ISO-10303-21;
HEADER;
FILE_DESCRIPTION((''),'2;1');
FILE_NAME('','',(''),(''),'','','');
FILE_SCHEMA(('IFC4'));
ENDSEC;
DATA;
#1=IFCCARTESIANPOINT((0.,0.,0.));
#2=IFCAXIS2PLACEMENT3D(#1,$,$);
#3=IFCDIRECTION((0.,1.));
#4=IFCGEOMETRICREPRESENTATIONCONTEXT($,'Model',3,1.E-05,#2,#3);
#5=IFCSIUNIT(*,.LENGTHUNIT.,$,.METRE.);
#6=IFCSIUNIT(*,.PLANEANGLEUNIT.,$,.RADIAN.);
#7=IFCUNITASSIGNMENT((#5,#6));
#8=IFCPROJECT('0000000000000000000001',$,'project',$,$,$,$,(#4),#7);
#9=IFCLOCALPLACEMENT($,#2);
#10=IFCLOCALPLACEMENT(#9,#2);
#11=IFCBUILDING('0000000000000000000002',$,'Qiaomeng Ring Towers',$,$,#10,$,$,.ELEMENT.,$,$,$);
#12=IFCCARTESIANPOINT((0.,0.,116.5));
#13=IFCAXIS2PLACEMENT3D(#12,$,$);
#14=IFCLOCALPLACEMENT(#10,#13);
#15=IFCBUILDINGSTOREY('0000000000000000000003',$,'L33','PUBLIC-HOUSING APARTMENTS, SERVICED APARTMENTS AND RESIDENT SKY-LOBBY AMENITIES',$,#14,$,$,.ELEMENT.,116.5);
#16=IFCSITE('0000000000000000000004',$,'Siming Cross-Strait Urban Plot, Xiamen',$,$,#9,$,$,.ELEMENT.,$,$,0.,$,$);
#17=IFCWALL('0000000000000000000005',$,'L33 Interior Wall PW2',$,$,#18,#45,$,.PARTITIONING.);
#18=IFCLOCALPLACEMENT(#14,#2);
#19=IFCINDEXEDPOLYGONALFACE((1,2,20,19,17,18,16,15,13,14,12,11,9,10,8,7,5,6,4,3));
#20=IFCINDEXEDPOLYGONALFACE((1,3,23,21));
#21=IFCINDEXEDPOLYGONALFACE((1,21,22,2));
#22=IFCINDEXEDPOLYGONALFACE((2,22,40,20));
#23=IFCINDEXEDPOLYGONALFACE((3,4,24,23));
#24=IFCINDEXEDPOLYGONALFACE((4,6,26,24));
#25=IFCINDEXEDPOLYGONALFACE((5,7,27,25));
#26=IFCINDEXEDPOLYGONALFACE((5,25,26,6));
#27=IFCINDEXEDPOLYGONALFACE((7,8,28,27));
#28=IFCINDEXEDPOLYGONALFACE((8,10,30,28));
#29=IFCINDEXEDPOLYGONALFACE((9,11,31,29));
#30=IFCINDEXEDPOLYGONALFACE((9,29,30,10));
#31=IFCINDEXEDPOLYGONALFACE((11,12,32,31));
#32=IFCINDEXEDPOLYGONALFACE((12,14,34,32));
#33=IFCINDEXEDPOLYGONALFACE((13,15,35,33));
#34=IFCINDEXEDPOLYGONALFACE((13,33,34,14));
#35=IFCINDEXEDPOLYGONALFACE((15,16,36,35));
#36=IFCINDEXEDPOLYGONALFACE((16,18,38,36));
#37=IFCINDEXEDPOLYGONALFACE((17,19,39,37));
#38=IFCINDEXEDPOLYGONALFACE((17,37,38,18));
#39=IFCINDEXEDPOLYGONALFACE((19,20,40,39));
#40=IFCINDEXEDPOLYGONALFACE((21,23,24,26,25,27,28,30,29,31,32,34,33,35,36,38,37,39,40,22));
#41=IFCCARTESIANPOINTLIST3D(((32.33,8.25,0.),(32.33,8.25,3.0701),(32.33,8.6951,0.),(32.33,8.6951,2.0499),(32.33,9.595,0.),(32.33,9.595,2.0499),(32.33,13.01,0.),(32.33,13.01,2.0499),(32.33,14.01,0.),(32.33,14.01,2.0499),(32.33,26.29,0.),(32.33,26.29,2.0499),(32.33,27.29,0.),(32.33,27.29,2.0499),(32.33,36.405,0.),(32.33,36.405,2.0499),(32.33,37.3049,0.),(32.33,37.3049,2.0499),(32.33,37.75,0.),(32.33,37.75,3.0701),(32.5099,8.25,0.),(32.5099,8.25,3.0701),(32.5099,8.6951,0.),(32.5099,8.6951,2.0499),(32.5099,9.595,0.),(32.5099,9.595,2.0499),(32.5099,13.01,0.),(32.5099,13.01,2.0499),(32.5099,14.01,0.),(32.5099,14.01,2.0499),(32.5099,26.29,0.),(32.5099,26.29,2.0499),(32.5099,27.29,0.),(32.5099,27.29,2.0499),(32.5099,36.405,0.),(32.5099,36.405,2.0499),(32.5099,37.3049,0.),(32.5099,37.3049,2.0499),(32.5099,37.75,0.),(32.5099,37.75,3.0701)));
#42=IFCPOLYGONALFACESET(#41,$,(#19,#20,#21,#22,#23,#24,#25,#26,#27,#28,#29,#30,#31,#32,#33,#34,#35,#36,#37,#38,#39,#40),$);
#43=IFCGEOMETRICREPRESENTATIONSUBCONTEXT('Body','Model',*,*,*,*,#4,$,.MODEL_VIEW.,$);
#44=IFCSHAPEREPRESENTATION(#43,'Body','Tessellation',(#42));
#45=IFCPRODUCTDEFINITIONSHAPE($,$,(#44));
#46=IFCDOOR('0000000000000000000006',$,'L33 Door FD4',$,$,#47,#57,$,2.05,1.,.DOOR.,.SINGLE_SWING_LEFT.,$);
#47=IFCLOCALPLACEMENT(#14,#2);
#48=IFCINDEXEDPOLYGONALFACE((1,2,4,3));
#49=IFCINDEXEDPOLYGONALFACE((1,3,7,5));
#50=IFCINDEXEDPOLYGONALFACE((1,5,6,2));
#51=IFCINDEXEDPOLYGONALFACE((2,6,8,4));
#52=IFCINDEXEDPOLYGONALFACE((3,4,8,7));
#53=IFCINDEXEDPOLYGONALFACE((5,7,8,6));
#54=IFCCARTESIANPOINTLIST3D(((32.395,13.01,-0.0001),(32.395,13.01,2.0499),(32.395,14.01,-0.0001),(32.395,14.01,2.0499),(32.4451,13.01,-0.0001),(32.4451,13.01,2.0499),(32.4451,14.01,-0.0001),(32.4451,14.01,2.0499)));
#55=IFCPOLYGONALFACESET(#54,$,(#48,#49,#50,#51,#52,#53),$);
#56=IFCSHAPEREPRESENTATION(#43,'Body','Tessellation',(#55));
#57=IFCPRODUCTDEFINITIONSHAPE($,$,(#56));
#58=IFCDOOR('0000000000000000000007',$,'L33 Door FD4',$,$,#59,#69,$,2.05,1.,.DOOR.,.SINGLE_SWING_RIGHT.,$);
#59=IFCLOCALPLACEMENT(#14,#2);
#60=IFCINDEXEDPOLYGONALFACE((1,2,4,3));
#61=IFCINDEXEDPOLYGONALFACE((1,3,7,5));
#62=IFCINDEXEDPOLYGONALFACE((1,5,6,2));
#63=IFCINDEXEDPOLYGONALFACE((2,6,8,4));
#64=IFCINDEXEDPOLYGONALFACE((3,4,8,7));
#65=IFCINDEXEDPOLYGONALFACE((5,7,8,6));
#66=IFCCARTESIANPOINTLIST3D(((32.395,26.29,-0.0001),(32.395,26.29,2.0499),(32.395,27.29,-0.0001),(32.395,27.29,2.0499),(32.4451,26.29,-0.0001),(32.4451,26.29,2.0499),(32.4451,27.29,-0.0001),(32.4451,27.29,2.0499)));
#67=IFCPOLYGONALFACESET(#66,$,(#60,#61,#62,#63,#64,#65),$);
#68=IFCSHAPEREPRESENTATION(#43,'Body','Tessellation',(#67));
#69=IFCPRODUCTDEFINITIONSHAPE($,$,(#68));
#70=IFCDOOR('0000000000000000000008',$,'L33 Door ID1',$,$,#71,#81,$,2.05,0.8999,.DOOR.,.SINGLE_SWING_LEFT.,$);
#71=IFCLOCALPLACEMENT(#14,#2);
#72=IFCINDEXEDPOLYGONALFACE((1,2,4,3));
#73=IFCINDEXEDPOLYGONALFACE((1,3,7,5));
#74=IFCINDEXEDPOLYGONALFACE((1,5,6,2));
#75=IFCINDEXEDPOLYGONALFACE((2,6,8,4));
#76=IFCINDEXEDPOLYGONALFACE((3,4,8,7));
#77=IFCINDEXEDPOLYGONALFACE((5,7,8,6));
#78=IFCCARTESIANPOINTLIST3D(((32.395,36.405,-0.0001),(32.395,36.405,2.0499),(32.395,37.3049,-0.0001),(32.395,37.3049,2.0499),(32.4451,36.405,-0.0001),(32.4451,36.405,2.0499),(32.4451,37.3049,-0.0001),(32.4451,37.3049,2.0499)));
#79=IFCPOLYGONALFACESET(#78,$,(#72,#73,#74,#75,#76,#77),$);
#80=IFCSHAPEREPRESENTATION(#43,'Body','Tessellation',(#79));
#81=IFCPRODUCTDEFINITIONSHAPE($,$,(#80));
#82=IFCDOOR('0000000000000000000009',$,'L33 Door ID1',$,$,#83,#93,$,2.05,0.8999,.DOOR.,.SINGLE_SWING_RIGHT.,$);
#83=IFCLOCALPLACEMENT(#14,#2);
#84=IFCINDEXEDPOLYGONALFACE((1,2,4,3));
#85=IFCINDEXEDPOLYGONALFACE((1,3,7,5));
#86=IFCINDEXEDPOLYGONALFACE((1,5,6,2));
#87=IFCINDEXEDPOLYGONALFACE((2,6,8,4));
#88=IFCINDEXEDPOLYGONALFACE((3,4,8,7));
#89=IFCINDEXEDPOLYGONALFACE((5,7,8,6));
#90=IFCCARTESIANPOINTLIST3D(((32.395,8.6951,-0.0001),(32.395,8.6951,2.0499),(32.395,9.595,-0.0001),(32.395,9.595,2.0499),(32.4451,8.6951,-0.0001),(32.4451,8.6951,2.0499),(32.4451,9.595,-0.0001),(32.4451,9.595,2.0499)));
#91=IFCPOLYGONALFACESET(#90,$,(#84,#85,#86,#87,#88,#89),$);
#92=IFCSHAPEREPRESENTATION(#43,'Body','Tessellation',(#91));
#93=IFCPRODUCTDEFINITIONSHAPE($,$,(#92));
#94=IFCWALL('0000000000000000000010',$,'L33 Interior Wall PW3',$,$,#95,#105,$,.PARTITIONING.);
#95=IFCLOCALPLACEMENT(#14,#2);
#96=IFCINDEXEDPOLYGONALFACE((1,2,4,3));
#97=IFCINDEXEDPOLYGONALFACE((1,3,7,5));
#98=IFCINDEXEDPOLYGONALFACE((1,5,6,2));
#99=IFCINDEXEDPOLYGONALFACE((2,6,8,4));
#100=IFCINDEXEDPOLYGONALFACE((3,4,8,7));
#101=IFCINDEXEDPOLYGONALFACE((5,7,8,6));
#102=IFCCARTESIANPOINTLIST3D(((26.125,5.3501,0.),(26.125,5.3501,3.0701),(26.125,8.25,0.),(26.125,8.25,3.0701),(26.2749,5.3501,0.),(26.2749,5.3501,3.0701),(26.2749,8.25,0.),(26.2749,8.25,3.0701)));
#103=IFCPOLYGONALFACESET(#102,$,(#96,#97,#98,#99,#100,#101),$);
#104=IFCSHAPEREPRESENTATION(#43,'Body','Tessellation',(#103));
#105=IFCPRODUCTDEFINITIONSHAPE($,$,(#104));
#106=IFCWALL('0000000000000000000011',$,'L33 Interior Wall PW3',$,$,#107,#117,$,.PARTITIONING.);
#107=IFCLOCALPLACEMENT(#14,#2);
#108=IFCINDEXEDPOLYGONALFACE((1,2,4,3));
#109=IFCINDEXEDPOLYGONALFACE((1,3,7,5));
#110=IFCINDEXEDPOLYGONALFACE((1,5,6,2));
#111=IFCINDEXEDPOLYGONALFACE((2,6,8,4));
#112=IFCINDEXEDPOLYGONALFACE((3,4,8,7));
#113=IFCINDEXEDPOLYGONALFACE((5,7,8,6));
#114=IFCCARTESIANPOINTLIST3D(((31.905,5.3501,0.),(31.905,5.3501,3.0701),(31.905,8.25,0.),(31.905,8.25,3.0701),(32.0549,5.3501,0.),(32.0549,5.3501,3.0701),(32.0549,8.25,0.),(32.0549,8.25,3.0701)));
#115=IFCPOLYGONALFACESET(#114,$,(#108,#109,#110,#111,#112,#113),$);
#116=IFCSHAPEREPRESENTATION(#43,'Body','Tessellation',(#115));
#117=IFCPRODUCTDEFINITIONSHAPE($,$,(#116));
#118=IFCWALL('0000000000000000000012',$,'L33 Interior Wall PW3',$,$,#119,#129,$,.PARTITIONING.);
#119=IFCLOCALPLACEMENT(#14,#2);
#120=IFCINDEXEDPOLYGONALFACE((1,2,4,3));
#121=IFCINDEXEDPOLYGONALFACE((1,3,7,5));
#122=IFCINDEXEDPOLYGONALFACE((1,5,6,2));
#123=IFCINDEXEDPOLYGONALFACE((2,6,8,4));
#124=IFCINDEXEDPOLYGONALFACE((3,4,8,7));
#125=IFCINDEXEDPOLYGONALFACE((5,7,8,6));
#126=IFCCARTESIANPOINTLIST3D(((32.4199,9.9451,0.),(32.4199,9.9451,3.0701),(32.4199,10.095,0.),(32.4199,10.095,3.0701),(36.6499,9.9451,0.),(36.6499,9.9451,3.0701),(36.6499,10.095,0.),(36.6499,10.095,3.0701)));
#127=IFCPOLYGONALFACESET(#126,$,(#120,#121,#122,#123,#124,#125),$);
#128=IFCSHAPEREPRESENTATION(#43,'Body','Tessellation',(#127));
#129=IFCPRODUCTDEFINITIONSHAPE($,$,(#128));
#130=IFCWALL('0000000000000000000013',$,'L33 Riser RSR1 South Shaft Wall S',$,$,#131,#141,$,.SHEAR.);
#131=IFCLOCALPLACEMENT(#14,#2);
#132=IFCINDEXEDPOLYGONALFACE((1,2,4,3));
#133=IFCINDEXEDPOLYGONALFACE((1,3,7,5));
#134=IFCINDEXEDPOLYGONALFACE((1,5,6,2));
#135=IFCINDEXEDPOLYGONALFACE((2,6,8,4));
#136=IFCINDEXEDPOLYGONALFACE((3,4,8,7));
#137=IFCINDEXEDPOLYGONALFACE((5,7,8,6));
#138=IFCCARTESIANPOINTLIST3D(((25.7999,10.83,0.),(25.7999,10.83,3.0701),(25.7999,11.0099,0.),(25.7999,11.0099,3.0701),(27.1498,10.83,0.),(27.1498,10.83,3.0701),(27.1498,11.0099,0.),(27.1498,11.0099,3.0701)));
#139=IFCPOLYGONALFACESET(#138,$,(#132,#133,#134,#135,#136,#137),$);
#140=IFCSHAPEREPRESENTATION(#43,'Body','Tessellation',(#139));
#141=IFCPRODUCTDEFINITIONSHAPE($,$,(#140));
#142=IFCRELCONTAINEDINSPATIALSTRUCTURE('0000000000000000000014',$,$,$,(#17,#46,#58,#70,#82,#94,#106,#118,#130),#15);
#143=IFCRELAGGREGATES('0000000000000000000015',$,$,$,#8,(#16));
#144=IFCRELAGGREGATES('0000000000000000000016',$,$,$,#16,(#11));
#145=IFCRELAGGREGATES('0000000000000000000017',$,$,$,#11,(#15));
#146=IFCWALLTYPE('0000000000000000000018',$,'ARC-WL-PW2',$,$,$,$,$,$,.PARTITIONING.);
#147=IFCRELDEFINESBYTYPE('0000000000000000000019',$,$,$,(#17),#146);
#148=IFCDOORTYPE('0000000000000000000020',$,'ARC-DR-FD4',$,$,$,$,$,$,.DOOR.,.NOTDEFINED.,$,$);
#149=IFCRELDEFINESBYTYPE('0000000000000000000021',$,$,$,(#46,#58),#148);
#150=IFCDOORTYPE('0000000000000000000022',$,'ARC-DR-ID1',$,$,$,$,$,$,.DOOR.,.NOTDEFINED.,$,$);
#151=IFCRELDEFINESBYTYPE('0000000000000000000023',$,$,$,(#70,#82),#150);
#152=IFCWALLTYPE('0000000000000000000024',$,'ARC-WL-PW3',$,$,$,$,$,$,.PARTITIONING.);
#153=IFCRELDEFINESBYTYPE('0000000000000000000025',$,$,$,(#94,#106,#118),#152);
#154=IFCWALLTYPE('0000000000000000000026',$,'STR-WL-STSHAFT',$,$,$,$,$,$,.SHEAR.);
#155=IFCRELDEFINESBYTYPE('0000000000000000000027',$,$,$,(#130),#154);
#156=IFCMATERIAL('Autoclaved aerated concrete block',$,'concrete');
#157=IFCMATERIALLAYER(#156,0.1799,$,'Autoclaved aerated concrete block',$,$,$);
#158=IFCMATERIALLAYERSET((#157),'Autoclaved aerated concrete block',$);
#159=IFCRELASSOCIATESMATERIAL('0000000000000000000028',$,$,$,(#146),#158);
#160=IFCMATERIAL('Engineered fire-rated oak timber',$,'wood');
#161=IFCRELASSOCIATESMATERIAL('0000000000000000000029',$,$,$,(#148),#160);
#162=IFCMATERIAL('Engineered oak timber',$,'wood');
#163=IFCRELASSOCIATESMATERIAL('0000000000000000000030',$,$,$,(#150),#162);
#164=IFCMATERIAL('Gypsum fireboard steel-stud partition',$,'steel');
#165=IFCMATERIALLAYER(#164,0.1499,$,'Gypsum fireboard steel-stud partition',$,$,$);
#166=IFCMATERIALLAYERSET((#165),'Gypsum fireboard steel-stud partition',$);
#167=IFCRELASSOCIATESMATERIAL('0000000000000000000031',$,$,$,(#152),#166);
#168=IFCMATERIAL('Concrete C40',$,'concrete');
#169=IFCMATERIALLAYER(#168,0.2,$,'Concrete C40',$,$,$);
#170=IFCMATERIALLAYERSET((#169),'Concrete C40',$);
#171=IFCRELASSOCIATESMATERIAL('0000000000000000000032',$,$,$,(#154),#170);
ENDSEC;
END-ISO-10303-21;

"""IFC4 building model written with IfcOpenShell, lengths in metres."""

from ifc_helpers import new_model, si_unit, direction, frame, frame_2d, origin, place, context, subcontext, project, spatial, rectangle, extrude, source, transform, mapped, material, layer, layer_set, type_object, element, fill, save


model = new_model("IFC4")

# Units and contexts
model_context = context("Model", 3, precision=1e-05, world=origin(), true_north=direction((0.0, 1.0)))
body_context = subcontext(model_context, "Body", "Model", "MODEL_VIEW")
ifc_project = project(units=[si_unit("LENGTHUNIT", "METRE"), si_unit("PLANEANGLEUNIT", "RADIAN")], contexts=[model_context])

# Site, building, storey
site_placement = place(None, origin())
site = spatial("IfcSite", under=ifc_project, at=site_placement, Name="Siming Cross-Strait Urban Plot, Xiamen", CompositionType="ELEMENT", RefElevation=0.0)
building_placement = place(site_placement, origin())
building = spatial("IfcBuilding", under=site, at=building_placement, Name="Qiaomeng Ring Towers", CompositionType="ELEMENT")
storey_placement = place(building_placement, frame((0.0, 0.0, 116.5)))
storey = spatial("IfcBuildingStorey", under=building, at=storey_placement, Name="L33", Description="PUBLIC-HOUSING APARTMENTS, SERVICED APARTMENTS AND RESIDENT SKY-LOBBY AMENITIES", CompositionType="ELEMENT", Elevation=116.5)

# Wall, openings, doors
ifc_material_1 = material(Name="Autoclaved aerated concrete block", Category="concrete")
ifc_layer_1 = layer(ifc_material_1, 0.1799, Name="Autoclaved aerated concrete block")
ifc_layer_set_1 = layer_set([ifc_layer_1], Name="Autoclaved aerated concrete block")
wall_type_1 = type_object("IfcWallType", Name="ARC-WL-PW2", PredefinedType="PARTITIONING", material=ifc_layer_set_1)
wall_1_placement = place(storey_placement, frame((32.4199, 8.25, 0.0), z_axis=(0.0, 0.0, 1.0), x_axis=(0.0, 1.0, 0.0)))
wall_1 = element("IfcWall", 1, at=wall_1_placement, inside=storey, type_object=wall_type_1, Name="L33 Interior Wall PW2", PredefinedType="PARTITIONING", context=body_context, shape_type="SweptSolid", body=[
    extrude(rectangle(XDim=29.5, YDim=0.1799, at=frame_2d((14.75, 0.0))), origin(), (0.0, 0.0, 1.0), 3.0701),
])
opening_1_placement = place(wall_1_placement, frame((28.155, 0.0, 0.0)))
opening_1 = element("IfcOpeningElement", 2, at=opening_1_placement, cuts=wall_1, PredefinedType="OPENING", context=body_context, shape_type="SweptSolid", body=[
    extrude(rectangle(XDim=0.8999, YDim=2.05, at=frame_2d((0.45, 1.0249))), frame((0.0, 0.0999, 0.0), z_axis=(0.0, -1.0, 0.0), x_axis=(1.0, 0.0, 0.0)), (0.0, 0.0, 1.0), 0.2),
])
opening_2_placement = place(wall_1_placement, frame((0.4451, 0.0, 0.0)))
opening_2 = element("IfcOpeningElement", 3, at=opening_2_placement, cuts=wall_1, PredefinedType="OPENING", context=body_context, shape_type="SweptSolid", body=[
    extrude(rectangle(XDim=0.8999, YDim=2.05, at=frame_2d((0.45, 1.0249))), frame((0.0, 0.0999, 0.0), z_axis=(0.0, -1.0, 0.0), x_axis=(1.0, 0.0, 0.0)), (0.0, 0.0, 1.0), 0.2),
])
opening_3_placement = place(wall_1_placement, frame((4.76, 0.0, 0.0)))
opening_3 = element("IfcOpeningElement", 4, at=opening_3_placement, cuts=wall_1, PredefinedType="OPENING", context=body_context, shape_type="SweptSolid", body=[
    extrude(rectangle(XDim=1.0, YDim=2.05, at=frame_2d((0.5, 1.0249))), frame((0.0, 0.0999, 0.0), z_axis=(0.0, -1.0, 0.0), x_axis=(1.0, 0.0, 0.0)), (0.0, 0.0, 1.0), 0.2),
])
opening_4_placement = place(wall_1_placement, frame((18.04, 0.0, 0.0)))
opening_4 = element("IfcOpeningElement", 5, at=opening_4_placement, cuts=wall_1, PredefinedType="OPENING", context=body_context, shape_type="SweptSolid", body=[
    extrude(rectangle(XDim=1.0, YDim=2.05, at=frame_2d((0.5, 1.0249))), frame((0.0, 0.0999, 0.0), z_axis=(0.0, -1.0, 0.0), x_axis=(1.0, 0.0, 0.0)), (0.0, 0.0, 1.0), 0.2),
])
ifc_material_2 = material(Name="Engineered fire-rated oak timber", Category="wood")
door_type_1 = type_object("IfcDoorType", Name="ARC-DR-FD4", OperationType="NOTDEFINED", PredefinedType="DOOR", material=ifc_material_2)
shared_shape_1 = source(origin(), body_context, "Body", "SweptSolid", [
    extrude(rectangle(XDim=1.0, YDim=2.05, at=frame_2d((0.5, 1.0249))), frame((0.0, 0.0249, 0.0), z_axis=(0.0, -1.0, 0.0), x_axis=(1.0, 0.0, 0.0)), (0.0, 0.0, 1.0), 0.05),
])
door_1_placement = place(opening_3_placement, origin())
door_1 = element("IfcDoor", 6, at=door_1_placement, inside=storey, type_object=door_type_1, Name="L33 Door FD4", OperationType="SINGLE_SWING_LEFT", OverallHeight=2.05, OverallWidth=1.0, PredefinedType="DOOR", context=body_context, shape_type="MappedRepresentation", body=[
    mapped(shared_shape_1, transform((0.0, 0.0, 0.0), x_axis=(1.0, 0.0, 0.0), y_axis=(0.0, 1.0, 0.0), z_axis=(0.0, 0.0, 1.0), scale=1.0)),
])
fill(opening_3, door_1)
door_2_placement = place(opening_4_placement, origin())
door_2 = element("IfcDoor", 7, at=door_2_placement, inside=storey, type_object=door_type_1, Name="L33 Door FD4", OperationType="SINGLE_SWING_RIGHT", OverallHeight=2.05, OverallWidth=1.0, PredefinedType="DOOR", context=body_context, shape_type="MappedRepresentation", body=[
    mapped(shared_shape_1, transform((0.0, 0.0, 0.0), x_axis=(1.0, 0.0, 0.0), y_axis=(0.0, 1.0, 0.0), z_axis=(0.0, 0.0, 1.0), scale=1.0)),
])
fill(opening_4, door_2)
ifc_material_3 = material(Name="Engineered oak timber", Category="wood")
door_type_2 = type_object("IfcDoorType", Name="ARC-DR-ID1", OperationType="NOTDEFINED", PredefinedType="DOOR", material=ifc_material_3)
shared_shape_2 = source(origin(), body_context, "Body", "SweptSolid", [
    extrude(rectangle(XDim=0.8999, YDim=2.05, at=frame_2d((0.45, 1.0249))), frame((0.0, 0.0249, 0.0), z_axis=(0.0, -1.0, 0.0), x_axis=(1.0, 0.0, 0.0)), (0.0, 0.0, 1.0), 0.05),
])
door_3_placement = place(opening_1_placement, origin())
door_3 = element("IfcDoor", 8, at=door_3_placement, inside=storey, type_object=door_type_2, Name="L33 Door ID1", OperationType="SINGLE_SWING_LEFT", OverallHeight=2.05, OverallWidth=0.8999, PredefinedType="DOOR", context=body_context, shape_type="MappedRepresentation", body=[
    mapped(shared_shape_2, transform((0.0, 0.0, 0.0), x_axis=(1.0, 0.0, 0.0), y_axis=(0.0, 1.0, 0.0), z_axis=(0.0, 0.0, 1.0), scale=1.0)),
])
fill(opening_1, door_3)
door_4_placement = place(opening_2_placement, origin())
door_4 = element("IfcDoor", 9, at=door_4_placement, inside=storey, type_object=door_type_2, Name="L33 Door ID1", OperationType="SINGLE_SWING_RIGHT", OverallHeight=2.05, OverallWidth=0.8999, PredefinedType="DOOR", context=body_context, shape_type="MappedRepresentation", body=[
    mapped(shared_shape_2, transform((0.0, 0.0, 0.0), x_axis=(1.0, 0.0, 0.0), y_axis=(0.0, 1.0, 0.0), z_axis=(0.0, 0.0, 1.0), scale=1.0)),
])
fill(opening_2, door_4)

# Walls
ifc_material_4 = material(Name="Gypsum fireboard steel-stud partition", Category="steel")
ifc_layer_2 = layer(ifc_material_4, 0.1499, Name="Gypsum fireboard steel-stud partition")
ifc_layer_set_2 = layer_set([ifc_layer_2], Name="Gypsum fireboard steel-stud partition")
wall_type_2 = type_object("IfcWallType", Name="ARC-WL-PW3", PredefinedType="PARTITIONING", material=ifc_layer_set_2)
for number, where, z_axis, x_axis, name in (
    (10, (26.2, 5.3501, 0.0), (0.0, 0.0, 1.0), (0.0, 1.0, 0.0), "L33 Interior Wall PW3"),
    (11, (31.98, 5.3501, 0.0), (0.0, 0.0, 1.0), (0.0, 1.0, 0.0), "L33 Interior Wall PW3"),
):
    element("IfcWall", number, at=place(storey_placement, frame(where, z_axis=z_axis, x_axis=x_axis)), inside=storey, type_object=wall_type_2, Name=name, PredefinedType="PARTITIONING", context=body_context, shape_type="SweptSolid", body=[
        extrude(rectangle(XDim=2.8999, YDim=0.1499, at=frame_2d((1.45, 0.0))), origin(), (0.0, 0.0, 1.0), 3.0701),
    ])
wall_2_placement = place(storey_placement, frame((32.4199, 10.02, 0.0), z_axis=(0.0, 0.0, 1.0), x_axis=(1.0, 0.0, 0.0)))
element("IfcWall", 12, at=wall_2_placement, inside=storey, type_object=wall_type_2, Name="L33 Interior Wall PW3", PredefinedType="PARTITIONING", context=body_context, shape_type="SweptSolid", body=[
    extrude(rectangle(XDim=4.23, YDim=0.1499, at=frame_2d((2.115, 0.0))), origin(), (0.0, 0.0, 1.0), 3.0701),
])
ifc_material_5 = material(Name="Concrete C40", Category="concrete")
ifc_layer_3 = layer(ifc_material_5, 0.2, Name="Concrete C40")
ifc_layer_set_3 = layer_set([ifc_layer_3], Name="Concrete C40")
wall_type_3 = type_object("IfcWallType", Name="STR-WL-STSHAFT", PredefinedType="SHEAR", material=ifc_layer_set_3)
wall_3_placement = place(storey_placement, frame((25.8, 10.9199, 0.0), z_axis=(0.0, 0.0, 1.0), x_axis=(1.0, 0.0, 0.0)))
element("IfcWall", 13, at=wall_3_placement, inside=storey, type_object=wall_type_3, Name="L33 Riser RSR1 South Shaft Wall S", PredefinedType="SHEAR", context=body_context, shape_type="SweptSolid", body=[
    extrude(rectangle(XDim=1.3499, YDim=0.1799, at=frame_2d((0.6748, 0.0))), origin(), (0.0, 0.0, 1.0), 3.0701),
])

save(model, "model.ifc")
